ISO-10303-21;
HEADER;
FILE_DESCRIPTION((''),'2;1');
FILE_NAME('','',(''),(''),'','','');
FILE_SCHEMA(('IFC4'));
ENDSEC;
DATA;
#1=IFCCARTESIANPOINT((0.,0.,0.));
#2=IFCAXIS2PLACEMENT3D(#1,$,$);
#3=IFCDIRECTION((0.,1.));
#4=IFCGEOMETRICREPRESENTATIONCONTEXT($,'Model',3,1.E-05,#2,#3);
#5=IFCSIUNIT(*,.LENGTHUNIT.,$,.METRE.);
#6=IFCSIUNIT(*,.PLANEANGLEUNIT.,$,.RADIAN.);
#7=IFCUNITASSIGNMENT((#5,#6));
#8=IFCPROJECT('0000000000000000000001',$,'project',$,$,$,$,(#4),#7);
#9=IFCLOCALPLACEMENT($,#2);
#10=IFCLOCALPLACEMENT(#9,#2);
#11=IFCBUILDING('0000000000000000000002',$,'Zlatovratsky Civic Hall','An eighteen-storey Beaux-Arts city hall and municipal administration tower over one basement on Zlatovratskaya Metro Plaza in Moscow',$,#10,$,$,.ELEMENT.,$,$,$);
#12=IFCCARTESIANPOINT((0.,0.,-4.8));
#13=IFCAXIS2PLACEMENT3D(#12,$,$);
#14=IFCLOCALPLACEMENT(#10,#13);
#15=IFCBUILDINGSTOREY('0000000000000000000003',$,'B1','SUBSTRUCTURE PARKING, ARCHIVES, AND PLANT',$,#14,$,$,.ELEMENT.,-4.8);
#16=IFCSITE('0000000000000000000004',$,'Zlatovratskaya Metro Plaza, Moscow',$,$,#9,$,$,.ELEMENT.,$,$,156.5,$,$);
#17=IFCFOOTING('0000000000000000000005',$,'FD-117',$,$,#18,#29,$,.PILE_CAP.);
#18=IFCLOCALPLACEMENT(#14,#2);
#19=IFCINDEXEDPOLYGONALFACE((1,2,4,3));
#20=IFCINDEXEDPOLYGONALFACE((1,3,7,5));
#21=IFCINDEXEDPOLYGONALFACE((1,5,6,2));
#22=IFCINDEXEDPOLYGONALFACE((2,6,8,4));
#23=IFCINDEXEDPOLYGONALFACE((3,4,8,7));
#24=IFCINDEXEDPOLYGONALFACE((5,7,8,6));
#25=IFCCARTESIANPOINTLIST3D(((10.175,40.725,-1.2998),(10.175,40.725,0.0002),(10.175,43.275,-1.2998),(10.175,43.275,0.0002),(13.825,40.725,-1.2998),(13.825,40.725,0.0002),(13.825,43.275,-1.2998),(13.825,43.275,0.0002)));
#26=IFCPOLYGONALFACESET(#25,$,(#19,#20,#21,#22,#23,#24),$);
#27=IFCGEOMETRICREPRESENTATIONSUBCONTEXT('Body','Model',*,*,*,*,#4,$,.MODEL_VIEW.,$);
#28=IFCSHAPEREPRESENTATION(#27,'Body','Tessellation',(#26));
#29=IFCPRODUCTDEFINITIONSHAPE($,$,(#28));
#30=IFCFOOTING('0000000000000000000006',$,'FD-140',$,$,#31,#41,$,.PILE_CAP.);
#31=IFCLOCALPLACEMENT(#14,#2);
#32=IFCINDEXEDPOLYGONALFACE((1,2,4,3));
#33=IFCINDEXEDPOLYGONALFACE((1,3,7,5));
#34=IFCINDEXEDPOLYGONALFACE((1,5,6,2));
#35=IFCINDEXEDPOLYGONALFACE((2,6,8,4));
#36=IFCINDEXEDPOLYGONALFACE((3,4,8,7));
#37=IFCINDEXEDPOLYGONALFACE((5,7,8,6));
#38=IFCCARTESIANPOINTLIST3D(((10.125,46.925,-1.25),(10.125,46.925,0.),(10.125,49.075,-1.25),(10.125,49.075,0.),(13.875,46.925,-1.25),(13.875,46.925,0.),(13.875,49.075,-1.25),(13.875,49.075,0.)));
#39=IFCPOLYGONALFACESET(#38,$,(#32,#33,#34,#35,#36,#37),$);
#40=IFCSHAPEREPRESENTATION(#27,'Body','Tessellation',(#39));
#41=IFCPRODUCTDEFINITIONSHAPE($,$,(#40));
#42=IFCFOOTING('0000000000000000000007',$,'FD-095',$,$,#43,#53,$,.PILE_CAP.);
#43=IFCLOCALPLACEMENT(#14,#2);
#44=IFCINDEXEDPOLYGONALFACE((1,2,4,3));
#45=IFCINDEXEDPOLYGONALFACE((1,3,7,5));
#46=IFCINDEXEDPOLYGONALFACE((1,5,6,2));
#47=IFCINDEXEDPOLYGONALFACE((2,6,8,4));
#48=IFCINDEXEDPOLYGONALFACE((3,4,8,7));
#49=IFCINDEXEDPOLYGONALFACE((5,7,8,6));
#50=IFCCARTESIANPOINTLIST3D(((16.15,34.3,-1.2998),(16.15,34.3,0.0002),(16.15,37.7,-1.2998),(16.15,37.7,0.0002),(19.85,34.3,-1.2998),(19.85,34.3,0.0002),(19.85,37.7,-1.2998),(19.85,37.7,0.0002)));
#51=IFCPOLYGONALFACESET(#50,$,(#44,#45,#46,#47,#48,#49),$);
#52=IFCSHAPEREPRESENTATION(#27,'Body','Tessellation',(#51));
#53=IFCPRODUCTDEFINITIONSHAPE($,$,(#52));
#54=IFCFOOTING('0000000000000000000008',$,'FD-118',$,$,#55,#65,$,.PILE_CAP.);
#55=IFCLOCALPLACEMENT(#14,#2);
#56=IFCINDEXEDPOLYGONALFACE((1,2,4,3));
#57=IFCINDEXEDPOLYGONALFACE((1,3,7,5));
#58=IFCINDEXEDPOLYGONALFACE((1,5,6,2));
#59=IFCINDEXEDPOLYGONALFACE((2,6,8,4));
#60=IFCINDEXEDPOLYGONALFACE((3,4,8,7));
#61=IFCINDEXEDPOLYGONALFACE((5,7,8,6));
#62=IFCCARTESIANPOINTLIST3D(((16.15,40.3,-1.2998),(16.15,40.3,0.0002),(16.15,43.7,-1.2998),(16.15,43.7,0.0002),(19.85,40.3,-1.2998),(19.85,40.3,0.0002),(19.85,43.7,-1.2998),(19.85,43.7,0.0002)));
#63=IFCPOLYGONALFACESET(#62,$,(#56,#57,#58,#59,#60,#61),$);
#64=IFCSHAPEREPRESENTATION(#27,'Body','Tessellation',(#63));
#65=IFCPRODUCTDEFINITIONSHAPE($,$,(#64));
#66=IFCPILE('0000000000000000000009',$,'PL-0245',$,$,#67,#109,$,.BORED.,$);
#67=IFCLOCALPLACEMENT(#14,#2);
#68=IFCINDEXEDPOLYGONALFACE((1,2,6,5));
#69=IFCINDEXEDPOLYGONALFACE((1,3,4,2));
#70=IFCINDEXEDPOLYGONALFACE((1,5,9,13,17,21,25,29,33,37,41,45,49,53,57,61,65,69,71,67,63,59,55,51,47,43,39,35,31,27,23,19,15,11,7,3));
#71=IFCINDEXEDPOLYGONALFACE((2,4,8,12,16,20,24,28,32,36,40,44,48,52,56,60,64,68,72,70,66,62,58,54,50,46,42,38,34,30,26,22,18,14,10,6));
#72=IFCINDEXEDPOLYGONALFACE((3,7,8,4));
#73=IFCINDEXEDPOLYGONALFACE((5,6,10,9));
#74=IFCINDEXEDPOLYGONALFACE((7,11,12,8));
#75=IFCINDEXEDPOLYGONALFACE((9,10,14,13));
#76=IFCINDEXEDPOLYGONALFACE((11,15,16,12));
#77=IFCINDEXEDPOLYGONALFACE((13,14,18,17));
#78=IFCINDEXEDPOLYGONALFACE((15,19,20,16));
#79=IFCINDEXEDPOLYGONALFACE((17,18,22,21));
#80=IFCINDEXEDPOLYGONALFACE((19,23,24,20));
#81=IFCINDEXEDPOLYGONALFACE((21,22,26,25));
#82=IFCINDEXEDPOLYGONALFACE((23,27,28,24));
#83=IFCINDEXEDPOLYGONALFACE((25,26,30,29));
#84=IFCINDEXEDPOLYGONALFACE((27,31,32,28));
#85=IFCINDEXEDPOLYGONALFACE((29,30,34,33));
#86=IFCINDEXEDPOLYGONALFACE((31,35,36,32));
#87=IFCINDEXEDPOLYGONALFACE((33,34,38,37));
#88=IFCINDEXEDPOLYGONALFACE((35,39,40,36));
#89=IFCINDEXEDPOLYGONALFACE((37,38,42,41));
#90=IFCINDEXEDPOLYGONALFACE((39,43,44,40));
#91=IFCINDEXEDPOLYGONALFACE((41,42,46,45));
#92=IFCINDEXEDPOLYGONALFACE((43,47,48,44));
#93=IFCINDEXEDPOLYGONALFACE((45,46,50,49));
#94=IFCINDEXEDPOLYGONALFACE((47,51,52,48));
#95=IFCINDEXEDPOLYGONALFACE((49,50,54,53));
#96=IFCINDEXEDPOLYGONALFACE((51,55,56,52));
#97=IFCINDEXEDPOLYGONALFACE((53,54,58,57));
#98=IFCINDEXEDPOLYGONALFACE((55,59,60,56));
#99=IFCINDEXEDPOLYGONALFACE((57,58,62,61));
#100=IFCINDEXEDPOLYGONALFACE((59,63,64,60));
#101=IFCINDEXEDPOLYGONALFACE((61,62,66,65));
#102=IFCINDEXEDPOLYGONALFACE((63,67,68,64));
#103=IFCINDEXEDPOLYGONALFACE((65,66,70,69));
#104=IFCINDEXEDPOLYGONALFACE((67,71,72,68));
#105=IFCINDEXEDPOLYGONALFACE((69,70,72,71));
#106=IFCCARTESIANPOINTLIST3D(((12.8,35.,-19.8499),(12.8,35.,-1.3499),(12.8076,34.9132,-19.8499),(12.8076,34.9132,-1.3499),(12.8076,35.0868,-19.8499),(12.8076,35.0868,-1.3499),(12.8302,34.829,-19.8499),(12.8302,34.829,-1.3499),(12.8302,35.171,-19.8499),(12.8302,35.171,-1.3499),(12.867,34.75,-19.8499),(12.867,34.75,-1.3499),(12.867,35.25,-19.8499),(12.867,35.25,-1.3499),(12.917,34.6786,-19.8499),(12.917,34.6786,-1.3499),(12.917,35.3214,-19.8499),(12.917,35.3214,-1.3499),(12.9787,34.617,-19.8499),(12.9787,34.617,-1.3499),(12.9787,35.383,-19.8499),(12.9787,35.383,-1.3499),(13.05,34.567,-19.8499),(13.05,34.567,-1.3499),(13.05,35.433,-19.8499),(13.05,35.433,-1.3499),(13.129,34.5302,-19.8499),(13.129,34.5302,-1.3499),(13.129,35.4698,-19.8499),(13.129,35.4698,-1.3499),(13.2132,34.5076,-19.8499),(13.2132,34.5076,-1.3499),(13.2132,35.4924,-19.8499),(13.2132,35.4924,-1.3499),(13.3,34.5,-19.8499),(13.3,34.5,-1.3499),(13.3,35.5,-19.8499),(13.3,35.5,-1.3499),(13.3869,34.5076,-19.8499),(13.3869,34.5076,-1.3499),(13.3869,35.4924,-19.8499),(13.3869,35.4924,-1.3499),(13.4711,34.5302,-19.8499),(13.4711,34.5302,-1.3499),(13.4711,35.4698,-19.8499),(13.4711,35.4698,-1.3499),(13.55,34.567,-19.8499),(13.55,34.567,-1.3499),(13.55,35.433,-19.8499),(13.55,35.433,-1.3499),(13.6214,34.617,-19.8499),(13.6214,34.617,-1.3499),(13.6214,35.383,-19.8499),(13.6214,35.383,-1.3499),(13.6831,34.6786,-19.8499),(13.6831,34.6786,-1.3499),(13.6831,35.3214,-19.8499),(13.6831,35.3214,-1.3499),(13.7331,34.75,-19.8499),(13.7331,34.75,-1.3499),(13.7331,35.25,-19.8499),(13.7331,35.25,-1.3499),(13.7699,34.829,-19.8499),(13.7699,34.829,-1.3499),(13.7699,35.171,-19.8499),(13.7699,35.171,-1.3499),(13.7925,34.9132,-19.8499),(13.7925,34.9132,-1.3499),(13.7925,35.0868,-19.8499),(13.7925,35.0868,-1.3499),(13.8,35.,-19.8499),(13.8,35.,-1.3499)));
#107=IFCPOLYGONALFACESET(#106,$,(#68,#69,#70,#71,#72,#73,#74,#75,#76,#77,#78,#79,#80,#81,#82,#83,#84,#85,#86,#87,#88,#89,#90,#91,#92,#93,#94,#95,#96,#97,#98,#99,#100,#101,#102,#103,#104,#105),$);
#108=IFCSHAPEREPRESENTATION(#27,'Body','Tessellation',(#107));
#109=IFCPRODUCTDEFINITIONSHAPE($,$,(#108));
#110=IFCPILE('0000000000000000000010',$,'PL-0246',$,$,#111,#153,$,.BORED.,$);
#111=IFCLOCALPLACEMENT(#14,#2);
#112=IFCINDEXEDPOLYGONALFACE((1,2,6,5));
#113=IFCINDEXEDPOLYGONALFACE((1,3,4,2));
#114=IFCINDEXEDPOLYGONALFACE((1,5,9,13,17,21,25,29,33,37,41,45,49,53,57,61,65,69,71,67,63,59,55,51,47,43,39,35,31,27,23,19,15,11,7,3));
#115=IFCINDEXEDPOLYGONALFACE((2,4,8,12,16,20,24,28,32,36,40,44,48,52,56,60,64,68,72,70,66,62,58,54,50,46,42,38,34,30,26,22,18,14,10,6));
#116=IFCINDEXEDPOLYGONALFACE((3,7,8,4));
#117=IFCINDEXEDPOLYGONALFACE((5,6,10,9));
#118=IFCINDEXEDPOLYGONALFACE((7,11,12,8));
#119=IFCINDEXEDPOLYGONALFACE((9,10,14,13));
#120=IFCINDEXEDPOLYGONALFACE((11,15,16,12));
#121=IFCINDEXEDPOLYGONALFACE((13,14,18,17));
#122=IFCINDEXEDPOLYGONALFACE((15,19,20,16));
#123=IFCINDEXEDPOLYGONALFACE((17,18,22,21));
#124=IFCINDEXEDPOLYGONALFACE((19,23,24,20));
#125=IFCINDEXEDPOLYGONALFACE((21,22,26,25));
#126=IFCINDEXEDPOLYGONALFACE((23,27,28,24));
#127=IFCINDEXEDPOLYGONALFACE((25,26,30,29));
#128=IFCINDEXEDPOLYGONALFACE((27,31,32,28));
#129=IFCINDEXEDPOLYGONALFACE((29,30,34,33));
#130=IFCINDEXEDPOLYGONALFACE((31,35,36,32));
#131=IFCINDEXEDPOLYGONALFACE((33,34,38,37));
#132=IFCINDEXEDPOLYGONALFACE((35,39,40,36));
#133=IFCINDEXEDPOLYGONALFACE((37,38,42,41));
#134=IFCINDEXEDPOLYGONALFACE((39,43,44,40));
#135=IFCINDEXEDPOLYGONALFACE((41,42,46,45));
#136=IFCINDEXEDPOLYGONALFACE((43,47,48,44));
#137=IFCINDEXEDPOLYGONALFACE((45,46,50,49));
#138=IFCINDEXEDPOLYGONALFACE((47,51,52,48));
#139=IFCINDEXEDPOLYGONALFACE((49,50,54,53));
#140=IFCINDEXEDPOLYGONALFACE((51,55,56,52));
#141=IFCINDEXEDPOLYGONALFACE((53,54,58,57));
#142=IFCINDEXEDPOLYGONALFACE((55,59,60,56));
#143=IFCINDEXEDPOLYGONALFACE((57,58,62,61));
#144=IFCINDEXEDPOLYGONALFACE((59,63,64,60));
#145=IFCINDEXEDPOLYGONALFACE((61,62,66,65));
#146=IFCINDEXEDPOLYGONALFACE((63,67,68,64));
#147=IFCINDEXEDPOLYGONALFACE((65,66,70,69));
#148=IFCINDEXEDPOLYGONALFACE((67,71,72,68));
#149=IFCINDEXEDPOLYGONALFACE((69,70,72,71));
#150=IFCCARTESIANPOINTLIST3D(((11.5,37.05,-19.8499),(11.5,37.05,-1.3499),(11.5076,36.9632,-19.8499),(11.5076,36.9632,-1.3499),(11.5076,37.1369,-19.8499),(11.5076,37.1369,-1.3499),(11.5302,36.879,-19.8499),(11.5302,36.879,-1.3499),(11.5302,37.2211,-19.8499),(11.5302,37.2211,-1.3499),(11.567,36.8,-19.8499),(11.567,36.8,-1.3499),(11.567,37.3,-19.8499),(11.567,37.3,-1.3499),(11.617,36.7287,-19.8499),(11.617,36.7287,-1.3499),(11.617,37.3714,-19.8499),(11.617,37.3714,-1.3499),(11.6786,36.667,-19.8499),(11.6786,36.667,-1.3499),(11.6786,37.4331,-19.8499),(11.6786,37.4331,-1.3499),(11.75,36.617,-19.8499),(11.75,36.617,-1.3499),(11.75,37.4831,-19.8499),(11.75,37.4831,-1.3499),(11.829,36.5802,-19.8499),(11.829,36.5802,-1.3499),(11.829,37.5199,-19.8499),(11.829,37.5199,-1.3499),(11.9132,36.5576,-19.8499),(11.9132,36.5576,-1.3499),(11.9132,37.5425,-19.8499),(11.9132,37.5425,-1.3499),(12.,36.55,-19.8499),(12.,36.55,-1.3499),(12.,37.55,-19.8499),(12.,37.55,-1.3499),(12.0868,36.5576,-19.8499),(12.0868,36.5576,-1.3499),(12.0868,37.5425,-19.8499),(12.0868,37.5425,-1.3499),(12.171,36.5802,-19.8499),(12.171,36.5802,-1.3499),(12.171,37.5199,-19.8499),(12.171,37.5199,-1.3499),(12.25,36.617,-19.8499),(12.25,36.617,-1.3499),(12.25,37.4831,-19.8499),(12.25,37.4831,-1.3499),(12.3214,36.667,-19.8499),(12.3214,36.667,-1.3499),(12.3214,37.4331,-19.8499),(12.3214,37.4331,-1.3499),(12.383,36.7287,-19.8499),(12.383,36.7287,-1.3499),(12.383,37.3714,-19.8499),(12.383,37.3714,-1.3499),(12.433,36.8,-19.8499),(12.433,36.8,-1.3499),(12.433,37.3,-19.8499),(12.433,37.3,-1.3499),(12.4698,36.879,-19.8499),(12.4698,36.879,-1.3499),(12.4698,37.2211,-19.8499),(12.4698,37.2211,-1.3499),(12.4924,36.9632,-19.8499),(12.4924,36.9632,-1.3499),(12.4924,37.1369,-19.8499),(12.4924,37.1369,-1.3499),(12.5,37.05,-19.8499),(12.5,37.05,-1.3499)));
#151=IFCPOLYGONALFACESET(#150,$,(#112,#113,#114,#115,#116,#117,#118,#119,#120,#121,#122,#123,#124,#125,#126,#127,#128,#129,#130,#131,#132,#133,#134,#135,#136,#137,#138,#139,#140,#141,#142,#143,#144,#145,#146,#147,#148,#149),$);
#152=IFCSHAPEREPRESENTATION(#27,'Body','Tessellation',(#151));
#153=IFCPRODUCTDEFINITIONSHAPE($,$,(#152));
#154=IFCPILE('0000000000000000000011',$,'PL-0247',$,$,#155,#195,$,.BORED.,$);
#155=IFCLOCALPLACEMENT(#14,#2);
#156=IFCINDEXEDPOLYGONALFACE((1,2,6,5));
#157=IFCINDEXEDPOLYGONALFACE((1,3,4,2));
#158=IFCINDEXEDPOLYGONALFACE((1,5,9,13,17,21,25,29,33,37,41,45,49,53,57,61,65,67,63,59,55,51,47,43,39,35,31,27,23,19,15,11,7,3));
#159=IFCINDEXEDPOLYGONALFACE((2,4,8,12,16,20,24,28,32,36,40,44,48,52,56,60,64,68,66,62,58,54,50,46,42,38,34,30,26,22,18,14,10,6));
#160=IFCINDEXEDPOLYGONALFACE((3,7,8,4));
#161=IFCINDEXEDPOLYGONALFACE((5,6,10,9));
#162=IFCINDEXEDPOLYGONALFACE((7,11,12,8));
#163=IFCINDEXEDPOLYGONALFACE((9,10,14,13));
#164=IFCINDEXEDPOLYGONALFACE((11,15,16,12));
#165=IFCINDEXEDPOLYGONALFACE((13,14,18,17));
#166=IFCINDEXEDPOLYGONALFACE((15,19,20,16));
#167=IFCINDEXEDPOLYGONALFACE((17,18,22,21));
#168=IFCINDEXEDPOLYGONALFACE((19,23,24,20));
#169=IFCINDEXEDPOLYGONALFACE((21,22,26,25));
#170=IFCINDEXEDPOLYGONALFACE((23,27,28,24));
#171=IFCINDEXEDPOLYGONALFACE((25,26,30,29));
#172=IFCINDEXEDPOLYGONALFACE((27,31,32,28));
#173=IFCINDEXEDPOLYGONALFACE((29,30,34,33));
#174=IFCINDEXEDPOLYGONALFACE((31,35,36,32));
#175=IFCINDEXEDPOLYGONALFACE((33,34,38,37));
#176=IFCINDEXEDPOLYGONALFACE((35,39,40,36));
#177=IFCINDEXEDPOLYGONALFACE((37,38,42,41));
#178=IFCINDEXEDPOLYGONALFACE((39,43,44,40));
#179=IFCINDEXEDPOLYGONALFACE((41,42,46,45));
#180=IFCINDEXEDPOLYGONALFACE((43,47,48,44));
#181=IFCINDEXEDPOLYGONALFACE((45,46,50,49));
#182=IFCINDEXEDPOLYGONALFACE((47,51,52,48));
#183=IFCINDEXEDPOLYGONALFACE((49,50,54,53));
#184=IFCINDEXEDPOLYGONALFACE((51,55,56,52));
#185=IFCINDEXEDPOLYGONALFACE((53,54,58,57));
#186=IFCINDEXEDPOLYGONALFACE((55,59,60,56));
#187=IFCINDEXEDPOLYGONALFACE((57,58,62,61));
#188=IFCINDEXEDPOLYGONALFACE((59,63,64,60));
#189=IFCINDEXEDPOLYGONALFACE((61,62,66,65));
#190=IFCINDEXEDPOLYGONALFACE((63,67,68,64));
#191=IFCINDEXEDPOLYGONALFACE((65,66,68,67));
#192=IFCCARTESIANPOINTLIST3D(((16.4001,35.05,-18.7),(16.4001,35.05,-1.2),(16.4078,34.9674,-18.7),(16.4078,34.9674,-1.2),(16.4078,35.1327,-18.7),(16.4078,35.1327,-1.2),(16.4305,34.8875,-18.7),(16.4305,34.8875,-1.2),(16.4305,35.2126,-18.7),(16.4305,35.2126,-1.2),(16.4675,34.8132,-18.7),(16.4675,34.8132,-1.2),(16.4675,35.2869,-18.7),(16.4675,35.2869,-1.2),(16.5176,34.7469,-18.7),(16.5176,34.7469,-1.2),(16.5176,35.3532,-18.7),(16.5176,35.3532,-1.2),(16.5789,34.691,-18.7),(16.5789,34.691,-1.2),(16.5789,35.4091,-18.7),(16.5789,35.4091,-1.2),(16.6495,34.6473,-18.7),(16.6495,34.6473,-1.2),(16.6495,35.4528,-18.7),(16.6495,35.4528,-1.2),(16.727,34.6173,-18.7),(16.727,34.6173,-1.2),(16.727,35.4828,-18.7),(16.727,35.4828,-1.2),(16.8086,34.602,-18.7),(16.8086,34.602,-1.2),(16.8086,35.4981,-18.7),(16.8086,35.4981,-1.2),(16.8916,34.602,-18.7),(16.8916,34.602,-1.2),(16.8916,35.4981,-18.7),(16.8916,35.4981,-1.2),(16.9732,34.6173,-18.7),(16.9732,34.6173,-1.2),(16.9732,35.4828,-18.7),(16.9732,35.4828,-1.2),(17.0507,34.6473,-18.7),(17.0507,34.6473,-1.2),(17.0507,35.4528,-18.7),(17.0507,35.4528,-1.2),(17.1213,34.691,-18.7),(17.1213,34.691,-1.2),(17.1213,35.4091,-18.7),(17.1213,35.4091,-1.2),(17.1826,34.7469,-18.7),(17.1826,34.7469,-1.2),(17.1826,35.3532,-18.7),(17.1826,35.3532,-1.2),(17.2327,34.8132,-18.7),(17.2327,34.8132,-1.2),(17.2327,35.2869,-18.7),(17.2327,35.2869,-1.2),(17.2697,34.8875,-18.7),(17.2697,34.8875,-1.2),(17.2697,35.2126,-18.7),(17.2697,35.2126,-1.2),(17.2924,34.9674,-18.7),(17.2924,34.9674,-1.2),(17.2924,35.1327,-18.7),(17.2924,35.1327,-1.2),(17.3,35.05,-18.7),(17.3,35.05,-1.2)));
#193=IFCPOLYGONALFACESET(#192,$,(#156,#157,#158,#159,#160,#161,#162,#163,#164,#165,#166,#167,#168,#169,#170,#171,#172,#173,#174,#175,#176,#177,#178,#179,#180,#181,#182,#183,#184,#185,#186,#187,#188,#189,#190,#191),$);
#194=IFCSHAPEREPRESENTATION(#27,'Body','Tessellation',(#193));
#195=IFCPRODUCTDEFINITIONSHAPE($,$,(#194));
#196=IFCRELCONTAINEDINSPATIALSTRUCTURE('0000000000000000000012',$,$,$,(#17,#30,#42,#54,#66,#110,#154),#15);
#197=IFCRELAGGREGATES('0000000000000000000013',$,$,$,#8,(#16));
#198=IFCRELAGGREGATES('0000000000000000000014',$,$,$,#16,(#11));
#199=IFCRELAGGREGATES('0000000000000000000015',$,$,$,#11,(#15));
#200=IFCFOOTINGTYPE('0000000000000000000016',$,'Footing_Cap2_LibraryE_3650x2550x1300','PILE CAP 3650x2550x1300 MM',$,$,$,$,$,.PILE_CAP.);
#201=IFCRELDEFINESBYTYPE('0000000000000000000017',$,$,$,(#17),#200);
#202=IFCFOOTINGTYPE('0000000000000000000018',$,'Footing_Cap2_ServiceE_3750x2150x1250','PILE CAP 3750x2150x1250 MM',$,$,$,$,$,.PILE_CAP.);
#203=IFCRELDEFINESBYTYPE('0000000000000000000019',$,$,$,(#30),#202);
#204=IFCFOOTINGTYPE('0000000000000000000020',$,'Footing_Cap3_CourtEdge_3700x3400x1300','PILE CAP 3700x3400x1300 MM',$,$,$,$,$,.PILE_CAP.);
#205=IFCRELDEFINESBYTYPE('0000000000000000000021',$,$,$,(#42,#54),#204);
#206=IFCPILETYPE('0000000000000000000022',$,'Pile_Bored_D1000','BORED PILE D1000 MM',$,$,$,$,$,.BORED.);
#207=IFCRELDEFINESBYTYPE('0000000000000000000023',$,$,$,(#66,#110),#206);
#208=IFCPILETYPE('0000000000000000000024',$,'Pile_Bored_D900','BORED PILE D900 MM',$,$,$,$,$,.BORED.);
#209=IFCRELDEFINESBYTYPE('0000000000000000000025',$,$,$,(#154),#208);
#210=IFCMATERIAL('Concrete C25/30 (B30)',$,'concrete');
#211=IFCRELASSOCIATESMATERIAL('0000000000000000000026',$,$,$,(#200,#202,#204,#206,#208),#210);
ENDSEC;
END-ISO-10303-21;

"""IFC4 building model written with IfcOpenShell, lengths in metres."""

from ifc_helpers import new_model, si_unit, direction, frame, origin, origin_2d, place, context, subcontext, project, spatial, rectangle, circle, extrude, material, material_profile, profile_set, type_object, element, save


model = new_model("IFC4")

# Units and contexts
model_context = context("Model", 3, precision=1e-05, world=origin(), true_north=direction((0.0, 1.0)))
body_context = subcontext(model_context, "Body", "Model", "MODEL_VIEW")
ifc_project = project(units=[si_unit("LENGTHUNIT", "METRE"), si_unit("PLANEANGLEUNIT", "RADIAN")], contexts=[model_context])

# Site, building, storey
site_placement = place(None, origin())
site = spatial("IfcSite", under=ifc_project, at=site_placement, Name="Zlatovratskaya Metro Plaza, Moscow", CompositionType="ELEMENT", RefElevation=156.5)
building_placement = place(site_placement, origin())
building = spatial("IfcBuilding", under=site, at=building_placement, Name="Zlatovratsky Civic Hall", Description="An eighteen-storey Beaux-Arts city hall and municipal administration tower over one basement on Zlatovratskaya Metro Plaza in Moscow", CompositionType="ELEMENT")
storey_placement = place(building_placement, frame((0.0, 0.0, -4.8)))
storey = spatial("IfcBuildingStorey", under=building, at=storey_placement, Name="B1", Description="SUBSTRUCTURE PARKING, ARCHIVES, AND PLANT", CompositionType="ELEMENT", Elevation=-4.8)

# Footings
ifc_material_1 = material(Name="Concrete C25/30 (B30)", Category="concrete")
footing_type_1 = type_object("IfcFootingType", Name="Footing_Cap2_LibraryE_3650x2550x1300", Description="PILE CAP 3650x2550x1300 MM", PredefinedType="PILE_CAP", material=ifc_material_1)
footing_1_placement = place(storey_placement, frame((12.0, 42.0, -1.2998), z_axis=(0.0, 0.0, 1.0), x_axis=(1.0, 0.0, 0.0)))
element("IfcFooting", 1, at=footing_1_placement, inside=storey, type_object=footing_type_1, Name="FD-117", PredefinedType="PILE_CAP", context=body_context, shape_type="SweptSolid", body=[
    extrude(rectangle(XDim=3.6499, YDim=2.55, at=origin_2d()), origin(), (0.0, 0.0, 1.0), 1.3),
])
footing_type_2 = type_object("IfcFootingType", Name="Footing_Cap2_ServiceE_3750x2150x1250", Description="PILE CAP 3750x2150x1250 MM", PredefinedType="PILE_CAP", material=ifc_material_1)
footing_2_placement = place(storey_placement, frame((12.0, 48.0, -1.25), z_axis=(0.0, 0.0, 1.0), x_axis=(1.0, 0.0, 0.0)))
element("IfcFooting", 2, at=footing_2_placement, inside=storey, type_object=footing_type_2, Name="FD-140", PredefinedType="PILE_CAP", context=body_context, shape_type="SweptSolid", body=[
    extrude(rectangle(XDim=3.75, YDim=2.1499, at=origin_2d()), origin(), (0.0, 0.0, 1.0), 1.25),
])
footing_type_3 = type_object("IfcFootingType", Name="Footing_Cap3_CourtEdge_3700x3400x1300", Description="PILE CAP 3700x3400x1300 MM", PredefinedType="PILE_CAP", material=ifc_material_1)
for number, where, z_axis, x_axis, name in (
    (3, (18.0, 36.0, -1.2998), (0.0, 0.0, 1.0), (1.0, 0.0, 0.0), "FD-095"),
    (4, (18.0, 42.0, -1.2998), (0.0, 0.0, 1.0), (1.0, 0.0, 0.0), "FD-118"),
):
    element("IfcFooting", number, at=place(storey_placement, frame(where, z_axis=z_axis, x_axis=x_axis)), inside=storey, type_object=footing_type_3, Name=name, PredefinedType="PILE_CAP", context=body_context, shape_type="SweptSolid", body=[
        extrude(rectangle(XDim=3.7, YDim=3.3999, at=origin_2d()), origin(), (0.0, 0.0, 1.0), 1.3),
    ])

# Piles
ifc_material_profile_1 = material_profile(ifc_material_1, circle(Radius=0.5, at=origin_2d()), Name="PILE D1000")
ifc_profile_set_1 = profile_set([ifc_material_profile_1], Name="Concrete C25/30 (B30)")
pile_type_1 = type_object("IfcPileType", Name="Pile_Bored_D1000", Description="BORED PILE D1000 MM", PredefinedType="BORED", material=ifc_profile_set_1)
for number, where, z_axis, x_axis, name in (
    (5, (13.3, 35.0, -1.3499), (0.0, 0.0, -1.0), (1.0, 0.0, 0.0), "PL-0245"),
    (6, (12.0, 37.05, -1.3499), (0.0, 0.0, -1.0), (1.0, 0.0, 0.0), "PL-0246"),
):
    element("IfcPile", number, at=place(storey_placement, frame(where, z_axis=z_axis, x_axis=x_axis)), inside=storey, type_object=pile_type_1, Name=name, PredefinedType="BORED", context=body_context, shape_type="SweptSolid", body=[
        extrude(circle(Radius=0.5, at=origin_2d()), origin(), (0.0, 0.0, 1.0), 18.5),
    ])
ifc_material_profile_2 = material_profile(ifc_material_1, circle(Radius=0.45, at=origin_2d()), Name="PILE D900")
ifc_profile_set_2 = profile_set([ifc_material_profile_2], Name="Concrete C25/30 (B30)")
pile_type_2 = type_object("IfcPileType", Name="Pile_Bored_D900", Description="BORED PILE D900 MM", PredefinedType="BORED", material=ifc_profile_set_2)
for number, where, z_axis, x_axis, name in (
    (7, (16.8501, 35.05, -1.2), (0.0, 0.0, -1.0), (1.0, 0.0, 0.0), "PL-0247"),
):
    element("IfcPile", number, at=place(storey_placement, frame(where, z_axis=z_axis, x_axis=x_axis)), inside=storey, type_object=pile_type_2, Name=name, PredefinedType="BORED", context=body_context, shape_type="SweptSolid", body=[
        extrude(circle(Radius=0.45, at=origin_2d()), origin(), (0.0, 0.0, 1.0), 17.5),
    ])

save(model, "model.ifc")
